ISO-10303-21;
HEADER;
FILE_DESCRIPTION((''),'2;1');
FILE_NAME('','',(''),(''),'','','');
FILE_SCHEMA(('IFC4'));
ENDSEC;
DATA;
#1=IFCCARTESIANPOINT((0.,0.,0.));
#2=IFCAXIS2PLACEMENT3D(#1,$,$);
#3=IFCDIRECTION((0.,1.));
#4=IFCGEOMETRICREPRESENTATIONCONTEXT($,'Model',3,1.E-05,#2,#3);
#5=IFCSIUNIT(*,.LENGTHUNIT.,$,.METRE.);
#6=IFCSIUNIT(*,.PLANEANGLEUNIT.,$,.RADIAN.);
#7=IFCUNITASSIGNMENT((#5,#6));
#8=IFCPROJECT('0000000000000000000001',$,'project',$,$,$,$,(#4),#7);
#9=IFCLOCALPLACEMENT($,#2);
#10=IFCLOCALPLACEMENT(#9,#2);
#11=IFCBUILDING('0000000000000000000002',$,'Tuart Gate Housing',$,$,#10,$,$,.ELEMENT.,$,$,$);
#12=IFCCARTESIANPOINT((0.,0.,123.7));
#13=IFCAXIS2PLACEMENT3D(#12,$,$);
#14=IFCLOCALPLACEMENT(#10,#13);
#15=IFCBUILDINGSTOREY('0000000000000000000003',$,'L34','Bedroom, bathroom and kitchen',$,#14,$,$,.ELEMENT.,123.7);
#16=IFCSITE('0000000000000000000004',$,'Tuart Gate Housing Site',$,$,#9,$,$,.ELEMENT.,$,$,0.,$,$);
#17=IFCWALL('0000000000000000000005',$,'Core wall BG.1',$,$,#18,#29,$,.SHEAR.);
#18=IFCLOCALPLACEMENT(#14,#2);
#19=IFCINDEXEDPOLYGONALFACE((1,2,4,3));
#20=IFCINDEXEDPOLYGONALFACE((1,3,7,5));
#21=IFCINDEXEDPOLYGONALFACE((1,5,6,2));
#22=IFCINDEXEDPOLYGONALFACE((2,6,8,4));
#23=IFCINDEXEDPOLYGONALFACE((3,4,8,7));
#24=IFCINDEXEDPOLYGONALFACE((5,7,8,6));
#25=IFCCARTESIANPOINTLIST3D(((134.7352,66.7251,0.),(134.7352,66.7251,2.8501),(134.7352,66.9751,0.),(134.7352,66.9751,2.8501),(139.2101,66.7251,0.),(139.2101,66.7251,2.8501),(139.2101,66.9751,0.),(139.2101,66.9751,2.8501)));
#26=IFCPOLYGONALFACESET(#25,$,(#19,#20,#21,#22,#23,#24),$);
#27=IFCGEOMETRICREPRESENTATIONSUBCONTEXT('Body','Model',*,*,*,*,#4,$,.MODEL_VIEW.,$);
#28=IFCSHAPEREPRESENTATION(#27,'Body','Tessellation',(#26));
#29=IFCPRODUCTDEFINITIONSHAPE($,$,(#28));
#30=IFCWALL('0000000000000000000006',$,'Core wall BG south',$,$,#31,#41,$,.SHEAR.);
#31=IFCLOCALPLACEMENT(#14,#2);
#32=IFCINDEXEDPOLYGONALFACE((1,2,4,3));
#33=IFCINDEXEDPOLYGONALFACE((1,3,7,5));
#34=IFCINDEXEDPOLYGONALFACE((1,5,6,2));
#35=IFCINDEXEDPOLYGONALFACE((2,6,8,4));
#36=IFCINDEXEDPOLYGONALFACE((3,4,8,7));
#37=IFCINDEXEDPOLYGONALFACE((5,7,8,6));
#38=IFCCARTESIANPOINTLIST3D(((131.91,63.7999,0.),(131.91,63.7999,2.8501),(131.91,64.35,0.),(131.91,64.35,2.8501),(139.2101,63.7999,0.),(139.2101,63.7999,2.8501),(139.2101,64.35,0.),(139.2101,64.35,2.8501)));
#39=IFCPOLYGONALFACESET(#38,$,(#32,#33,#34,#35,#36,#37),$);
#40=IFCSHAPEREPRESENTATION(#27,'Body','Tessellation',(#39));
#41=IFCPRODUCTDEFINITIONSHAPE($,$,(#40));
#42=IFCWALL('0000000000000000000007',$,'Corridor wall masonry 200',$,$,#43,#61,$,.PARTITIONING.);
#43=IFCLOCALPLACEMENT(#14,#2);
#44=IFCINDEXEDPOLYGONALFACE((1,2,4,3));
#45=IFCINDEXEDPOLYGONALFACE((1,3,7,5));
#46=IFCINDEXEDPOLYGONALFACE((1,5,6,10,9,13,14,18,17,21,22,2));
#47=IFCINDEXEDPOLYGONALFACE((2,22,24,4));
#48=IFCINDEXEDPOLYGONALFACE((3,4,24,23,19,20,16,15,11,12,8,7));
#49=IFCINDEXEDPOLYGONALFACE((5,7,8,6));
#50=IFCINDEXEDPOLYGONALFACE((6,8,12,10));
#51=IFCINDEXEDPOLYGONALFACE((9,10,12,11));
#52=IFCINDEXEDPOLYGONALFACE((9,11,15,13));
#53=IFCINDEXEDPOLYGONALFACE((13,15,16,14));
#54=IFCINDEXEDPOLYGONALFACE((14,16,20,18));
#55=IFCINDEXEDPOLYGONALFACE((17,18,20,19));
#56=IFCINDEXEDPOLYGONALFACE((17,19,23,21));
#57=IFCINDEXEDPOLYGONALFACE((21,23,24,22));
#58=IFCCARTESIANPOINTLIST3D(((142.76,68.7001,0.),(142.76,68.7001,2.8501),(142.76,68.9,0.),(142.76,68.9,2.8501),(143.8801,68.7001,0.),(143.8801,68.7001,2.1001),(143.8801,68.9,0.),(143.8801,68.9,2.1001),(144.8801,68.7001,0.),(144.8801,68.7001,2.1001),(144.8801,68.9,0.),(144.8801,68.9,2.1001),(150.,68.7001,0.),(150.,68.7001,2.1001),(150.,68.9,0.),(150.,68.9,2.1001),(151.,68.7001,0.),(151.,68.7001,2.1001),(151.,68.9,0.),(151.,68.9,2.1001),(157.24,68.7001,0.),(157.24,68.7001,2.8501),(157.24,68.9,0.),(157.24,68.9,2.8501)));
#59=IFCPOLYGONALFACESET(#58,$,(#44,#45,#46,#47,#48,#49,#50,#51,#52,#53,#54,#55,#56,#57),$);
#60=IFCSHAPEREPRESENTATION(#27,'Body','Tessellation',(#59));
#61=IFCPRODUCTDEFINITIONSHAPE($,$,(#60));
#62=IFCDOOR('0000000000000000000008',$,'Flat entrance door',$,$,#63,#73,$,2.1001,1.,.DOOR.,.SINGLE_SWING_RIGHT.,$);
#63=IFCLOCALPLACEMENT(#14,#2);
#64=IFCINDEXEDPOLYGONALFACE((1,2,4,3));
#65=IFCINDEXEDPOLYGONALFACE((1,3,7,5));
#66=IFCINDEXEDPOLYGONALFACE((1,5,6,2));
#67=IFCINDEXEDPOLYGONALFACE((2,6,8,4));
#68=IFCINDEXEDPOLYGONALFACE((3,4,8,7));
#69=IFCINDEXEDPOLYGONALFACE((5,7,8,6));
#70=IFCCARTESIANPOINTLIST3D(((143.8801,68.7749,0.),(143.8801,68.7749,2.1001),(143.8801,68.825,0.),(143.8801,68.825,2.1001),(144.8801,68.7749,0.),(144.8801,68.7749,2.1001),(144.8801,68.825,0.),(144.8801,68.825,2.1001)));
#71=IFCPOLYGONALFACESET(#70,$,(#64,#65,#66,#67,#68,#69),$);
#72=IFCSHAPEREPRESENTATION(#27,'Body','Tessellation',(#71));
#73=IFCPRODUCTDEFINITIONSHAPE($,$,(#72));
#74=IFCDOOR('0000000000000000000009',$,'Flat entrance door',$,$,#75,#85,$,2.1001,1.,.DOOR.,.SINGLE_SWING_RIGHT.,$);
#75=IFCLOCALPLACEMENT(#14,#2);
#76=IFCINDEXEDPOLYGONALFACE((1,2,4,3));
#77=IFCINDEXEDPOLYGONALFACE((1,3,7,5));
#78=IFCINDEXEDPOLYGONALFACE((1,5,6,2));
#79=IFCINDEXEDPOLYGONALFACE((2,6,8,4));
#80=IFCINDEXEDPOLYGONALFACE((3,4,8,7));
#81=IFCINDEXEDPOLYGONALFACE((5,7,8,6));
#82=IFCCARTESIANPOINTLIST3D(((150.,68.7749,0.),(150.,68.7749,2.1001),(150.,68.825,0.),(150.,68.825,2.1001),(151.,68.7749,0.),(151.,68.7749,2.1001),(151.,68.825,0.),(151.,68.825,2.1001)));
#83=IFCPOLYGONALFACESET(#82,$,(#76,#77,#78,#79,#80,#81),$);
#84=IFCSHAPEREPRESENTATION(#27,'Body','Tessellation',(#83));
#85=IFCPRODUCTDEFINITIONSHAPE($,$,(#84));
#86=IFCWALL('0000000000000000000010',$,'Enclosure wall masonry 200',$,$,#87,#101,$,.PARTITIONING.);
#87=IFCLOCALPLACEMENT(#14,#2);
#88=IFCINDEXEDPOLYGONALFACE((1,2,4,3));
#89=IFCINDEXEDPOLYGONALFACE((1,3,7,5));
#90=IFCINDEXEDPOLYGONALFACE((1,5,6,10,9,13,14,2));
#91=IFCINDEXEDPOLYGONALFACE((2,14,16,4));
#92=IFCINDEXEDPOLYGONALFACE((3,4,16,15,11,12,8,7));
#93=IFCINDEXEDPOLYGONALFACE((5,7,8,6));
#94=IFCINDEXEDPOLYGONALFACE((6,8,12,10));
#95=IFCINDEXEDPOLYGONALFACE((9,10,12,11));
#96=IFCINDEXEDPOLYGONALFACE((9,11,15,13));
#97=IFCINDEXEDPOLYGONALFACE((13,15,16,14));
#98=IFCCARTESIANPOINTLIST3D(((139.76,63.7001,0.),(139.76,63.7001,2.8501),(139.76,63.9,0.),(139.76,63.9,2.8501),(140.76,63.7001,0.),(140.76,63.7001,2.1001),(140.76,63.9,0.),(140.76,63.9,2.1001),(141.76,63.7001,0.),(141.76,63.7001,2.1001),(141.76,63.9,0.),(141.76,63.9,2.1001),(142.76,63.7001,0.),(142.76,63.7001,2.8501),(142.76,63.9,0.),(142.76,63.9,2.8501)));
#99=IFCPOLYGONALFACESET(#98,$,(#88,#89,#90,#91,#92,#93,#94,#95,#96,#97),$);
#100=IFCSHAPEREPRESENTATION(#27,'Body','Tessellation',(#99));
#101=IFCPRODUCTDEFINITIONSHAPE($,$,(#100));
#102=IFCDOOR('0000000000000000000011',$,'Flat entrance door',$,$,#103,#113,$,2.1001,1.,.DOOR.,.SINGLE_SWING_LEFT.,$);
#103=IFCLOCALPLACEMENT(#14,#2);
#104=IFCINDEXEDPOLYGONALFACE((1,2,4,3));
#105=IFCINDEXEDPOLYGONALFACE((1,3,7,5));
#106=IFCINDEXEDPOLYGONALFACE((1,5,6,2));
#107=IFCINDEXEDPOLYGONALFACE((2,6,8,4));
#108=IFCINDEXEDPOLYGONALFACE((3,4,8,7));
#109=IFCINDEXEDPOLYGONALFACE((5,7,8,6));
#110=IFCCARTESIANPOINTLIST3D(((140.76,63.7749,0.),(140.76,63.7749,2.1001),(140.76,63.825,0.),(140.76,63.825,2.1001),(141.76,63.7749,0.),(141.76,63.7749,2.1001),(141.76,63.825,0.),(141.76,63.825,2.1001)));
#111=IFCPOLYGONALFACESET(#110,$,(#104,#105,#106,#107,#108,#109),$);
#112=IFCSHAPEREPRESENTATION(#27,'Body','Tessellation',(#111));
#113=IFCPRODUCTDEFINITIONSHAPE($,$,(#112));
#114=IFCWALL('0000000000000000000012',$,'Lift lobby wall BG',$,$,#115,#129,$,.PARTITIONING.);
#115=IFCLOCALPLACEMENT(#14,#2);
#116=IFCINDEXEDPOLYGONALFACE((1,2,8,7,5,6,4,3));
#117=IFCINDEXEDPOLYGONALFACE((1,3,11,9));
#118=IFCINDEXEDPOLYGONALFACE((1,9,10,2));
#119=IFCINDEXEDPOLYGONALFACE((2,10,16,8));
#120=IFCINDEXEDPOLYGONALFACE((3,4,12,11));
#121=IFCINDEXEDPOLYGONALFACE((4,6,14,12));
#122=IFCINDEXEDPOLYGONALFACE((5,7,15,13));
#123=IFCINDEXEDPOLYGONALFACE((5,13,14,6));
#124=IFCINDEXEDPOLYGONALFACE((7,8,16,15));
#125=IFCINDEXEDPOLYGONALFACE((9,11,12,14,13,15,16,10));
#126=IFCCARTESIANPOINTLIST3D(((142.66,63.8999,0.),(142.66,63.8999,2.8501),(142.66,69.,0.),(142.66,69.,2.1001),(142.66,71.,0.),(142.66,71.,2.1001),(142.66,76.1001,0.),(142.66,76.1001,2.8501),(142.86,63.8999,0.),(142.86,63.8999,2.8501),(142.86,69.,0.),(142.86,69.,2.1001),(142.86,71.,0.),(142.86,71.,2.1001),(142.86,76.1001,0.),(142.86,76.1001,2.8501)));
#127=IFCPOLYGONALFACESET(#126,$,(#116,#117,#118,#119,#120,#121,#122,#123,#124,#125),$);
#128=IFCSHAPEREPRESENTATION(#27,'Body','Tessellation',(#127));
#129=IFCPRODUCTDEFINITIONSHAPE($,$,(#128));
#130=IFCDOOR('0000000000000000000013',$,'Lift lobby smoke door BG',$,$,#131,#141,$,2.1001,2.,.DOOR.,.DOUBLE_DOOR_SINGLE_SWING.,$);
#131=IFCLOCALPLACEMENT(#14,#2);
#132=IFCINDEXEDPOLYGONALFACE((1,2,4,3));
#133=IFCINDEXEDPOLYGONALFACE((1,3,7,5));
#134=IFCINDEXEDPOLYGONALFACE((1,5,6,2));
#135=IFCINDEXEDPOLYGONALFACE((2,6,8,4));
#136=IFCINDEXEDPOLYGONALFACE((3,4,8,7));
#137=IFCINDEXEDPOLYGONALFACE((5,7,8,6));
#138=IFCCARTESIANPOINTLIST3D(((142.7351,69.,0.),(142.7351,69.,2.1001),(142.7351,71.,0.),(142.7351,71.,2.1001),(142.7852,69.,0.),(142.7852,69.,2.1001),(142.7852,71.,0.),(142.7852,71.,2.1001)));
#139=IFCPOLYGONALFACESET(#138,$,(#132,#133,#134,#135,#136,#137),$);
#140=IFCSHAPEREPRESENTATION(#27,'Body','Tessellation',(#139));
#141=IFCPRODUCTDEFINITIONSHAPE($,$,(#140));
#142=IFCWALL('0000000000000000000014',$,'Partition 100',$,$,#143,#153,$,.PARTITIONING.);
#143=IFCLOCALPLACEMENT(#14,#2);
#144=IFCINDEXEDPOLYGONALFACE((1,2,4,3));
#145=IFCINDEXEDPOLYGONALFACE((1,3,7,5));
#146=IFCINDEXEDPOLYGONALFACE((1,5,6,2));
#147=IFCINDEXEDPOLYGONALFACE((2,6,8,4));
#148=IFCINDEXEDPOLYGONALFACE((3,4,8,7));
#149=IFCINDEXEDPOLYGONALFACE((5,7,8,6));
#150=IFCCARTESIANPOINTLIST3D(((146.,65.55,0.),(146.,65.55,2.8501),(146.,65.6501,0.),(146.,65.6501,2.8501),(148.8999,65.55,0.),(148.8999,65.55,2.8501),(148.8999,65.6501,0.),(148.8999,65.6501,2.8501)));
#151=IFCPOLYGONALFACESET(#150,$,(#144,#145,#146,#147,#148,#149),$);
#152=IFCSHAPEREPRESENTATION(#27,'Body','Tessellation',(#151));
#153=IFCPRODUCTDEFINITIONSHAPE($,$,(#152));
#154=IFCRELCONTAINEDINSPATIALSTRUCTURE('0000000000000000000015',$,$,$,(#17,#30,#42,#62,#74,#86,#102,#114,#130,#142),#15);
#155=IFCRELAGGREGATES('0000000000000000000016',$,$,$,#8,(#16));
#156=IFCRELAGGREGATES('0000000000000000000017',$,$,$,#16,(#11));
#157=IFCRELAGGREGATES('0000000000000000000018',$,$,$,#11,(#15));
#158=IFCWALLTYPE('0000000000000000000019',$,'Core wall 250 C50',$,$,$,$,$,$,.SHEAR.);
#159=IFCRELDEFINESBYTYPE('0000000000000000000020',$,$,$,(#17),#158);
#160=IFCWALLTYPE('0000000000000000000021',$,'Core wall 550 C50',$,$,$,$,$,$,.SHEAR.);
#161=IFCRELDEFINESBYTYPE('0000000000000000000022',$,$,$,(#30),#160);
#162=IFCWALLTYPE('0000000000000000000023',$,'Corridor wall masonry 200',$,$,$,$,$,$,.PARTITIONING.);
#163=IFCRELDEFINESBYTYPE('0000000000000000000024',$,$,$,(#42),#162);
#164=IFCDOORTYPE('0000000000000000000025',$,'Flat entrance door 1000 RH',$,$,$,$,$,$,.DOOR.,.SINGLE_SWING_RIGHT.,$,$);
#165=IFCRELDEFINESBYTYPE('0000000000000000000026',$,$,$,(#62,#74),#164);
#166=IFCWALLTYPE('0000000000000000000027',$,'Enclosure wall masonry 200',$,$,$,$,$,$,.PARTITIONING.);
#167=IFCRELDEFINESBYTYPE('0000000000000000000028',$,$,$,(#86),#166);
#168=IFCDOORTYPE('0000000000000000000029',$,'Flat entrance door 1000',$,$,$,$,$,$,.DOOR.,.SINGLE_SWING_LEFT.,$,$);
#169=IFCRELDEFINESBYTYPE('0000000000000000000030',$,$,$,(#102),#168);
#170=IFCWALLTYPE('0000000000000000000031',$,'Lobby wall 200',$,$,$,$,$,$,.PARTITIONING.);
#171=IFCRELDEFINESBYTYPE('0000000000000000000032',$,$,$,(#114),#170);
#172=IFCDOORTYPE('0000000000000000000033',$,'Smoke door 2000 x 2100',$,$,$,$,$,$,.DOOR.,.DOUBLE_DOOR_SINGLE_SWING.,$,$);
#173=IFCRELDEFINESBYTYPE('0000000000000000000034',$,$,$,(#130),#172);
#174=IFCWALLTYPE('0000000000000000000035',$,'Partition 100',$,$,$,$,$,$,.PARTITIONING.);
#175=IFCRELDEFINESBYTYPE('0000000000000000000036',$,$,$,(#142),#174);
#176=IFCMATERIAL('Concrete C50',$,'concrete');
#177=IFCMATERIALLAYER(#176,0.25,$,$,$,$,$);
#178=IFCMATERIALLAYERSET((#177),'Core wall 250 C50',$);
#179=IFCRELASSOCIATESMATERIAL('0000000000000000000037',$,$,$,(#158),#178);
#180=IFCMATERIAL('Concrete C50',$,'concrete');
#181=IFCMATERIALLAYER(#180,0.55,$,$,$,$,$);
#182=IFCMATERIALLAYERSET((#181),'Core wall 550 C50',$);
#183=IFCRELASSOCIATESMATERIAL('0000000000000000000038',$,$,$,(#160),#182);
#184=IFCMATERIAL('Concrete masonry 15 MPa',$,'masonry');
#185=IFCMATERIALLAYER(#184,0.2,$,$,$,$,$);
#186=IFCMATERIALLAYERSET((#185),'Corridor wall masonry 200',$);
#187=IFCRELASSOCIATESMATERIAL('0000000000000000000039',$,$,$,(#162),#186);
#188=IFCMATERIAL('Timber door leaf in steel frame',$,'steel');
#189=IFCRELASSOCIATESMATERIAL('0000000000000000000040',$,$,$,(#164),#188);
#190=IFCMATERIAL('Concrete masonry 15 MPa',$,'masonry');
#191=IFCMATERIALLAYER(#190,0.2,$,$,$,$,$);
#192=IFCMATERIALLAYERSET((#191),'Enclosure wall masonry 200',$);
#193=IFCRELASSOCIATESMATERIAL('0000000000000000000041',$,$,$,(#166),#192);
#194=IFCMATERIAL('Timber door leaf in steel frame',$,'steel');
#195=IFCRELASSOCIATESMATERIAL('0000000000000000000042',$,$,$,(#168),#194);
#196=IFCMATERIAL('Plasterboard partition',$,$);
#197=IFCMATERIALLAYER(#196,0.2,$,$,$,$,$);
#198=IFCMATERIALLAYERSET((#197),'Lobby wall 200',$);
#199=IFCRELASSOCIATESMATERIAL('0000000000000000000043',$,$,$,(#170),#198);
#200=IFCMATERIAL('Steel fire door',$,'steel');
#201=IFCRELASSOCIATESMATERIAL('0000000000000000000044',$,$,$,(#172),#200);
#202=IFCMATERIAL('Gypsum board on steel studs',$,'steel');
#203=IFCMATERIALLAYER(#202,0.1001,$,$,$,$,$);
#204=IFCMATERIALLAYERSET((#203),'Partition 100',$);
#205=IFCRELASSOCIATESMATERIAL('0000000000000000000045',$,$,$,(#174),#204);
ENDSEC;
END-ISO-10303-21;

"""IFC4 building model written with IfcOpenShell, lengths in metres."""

from ifc_helpers import new_model, si_unit, direction, frame, frame_2d, origin, place, context, subcontext, project, spatial, rectangle, extrude, material, layer, layer_set, type_object, element, fill, save


model = new_model("IFC4")

# Units and contexts
model_context = context("Model", 3, precision=1e-05, world=origin(), true_north=direction((0.0, 1.0)))
body_context = subcontext(model_context, "Body", "Model", "MODEL_VIEW")
ifc_project = project(units=[si_unit("LENGTHUNIT", "METRE"), si_unit("PLANEANGLEUNIT", "RADIAN")], contexts=[model_context])

# Site, building, storey
site_placement = place(None, origin())
site = spatial("IfcSite", under=ifc_project, at=site_placement, Name="Tuart Gate Housing Site", CompositionType="ELEMENT", RefElevation=0.0)
building_placement = place(site_placement, origin())
building = spatial("IfcBuilding", under=site, at=building_placement, Name="Tuart Gate Housing", CompositionType="ELEMENT")
storey_placement = place(building_placement, frame((0.0, 0.0, 123.7)))
storey = spatial("IfcBuildingStorey", under=building, at=storey_placement, Name="L34", Description="Bedroom, bathroom and kitchen", CompositionType="ELEMENT", Elevation=123.7)

# Walls
ifc_material_1 = material(Name="Concrete C50", Category="concrete")
ifc_layer_1 = layer(ifc_material_1, 0.25)
ifc_layer_set_1 = layer_set([ifc_layer_1], Name="Core wall 250 C50")
wall_type_1 = type_object("IfcWallType", Name="Core wall 250 C50", PredefinedType="SHEAR", material=ifc_layer_set_1)
wall_1_placement = place(storey_placement, frame((139.21, 66.8501, 0.0), z_axis=(0.0, 0.0, 1.0), x_axis=(-1.0, 0.0, 0.0)))
element("IfcWall", 1, at=wall_1_placement, inside=storey, type_object=wall_type_1, Name="Core wall BG.1", PredefinedType="SHEAR", context=body_context, shape_type="SweptSolid", body=[
    extrude(rectangle(XDim=4.4749, YDim=0.25, at=frame_2d((2.2373, 0.0))), origin(), (0.0, 0.0, 1.0), 2.8501),
])
ifc_material_2 = material(Name="Concrete C50", Category="concrete")
ifc_layer_2 = layer(ifc_material_2, 0.55)
ifc_layer_set_2 = layer_set([ifc_layer_2], Name="Core wall 550 C50")
wall_type_2 = type_object("IfcWallType", Name="Core wall 550 C50", PredefinedType="SHEAR", material=ifc_layer_set_2)
wall_2_placement = place(storey_placement, frame((139.21, 64.075, 0.0), z_axis=(0.0, 0.0, 1.0), x_axis=(-1.0, 0.0, 0.0)))
element("IfcWall", 2, at=wall_2_placement, inside=storey, type_object=wall_type_2, Name="Core wall BG south", PredefinedType="SHEAR", context=body_context, shape_type="SweptSolid", body=[
    extrude(rectangle(XDim=7.3, YDim=0.55, at=frame_2d((3.6499, 0.0))), origin(), (0.0, 0.0, 1.0), 2.8501),
])

# Wall, openings, doors
ifc_material_3 = material(Name="Concrete masonry 15 MPa", Category="masonry")
ifc_layer_3 = layer(ifc_material_3, 0.2)
ifc_layer_set_3 = layer_set([ifc_layer_3], Name="Corridor wall masonry 200")
wall_type_3 = type_object("IfcWallType", Name="Corridor wall masonry 200", PredefinedType="PARTITIONING", material=ifc_layer_set_3)
wall_3_placement = place(storey_placement, frame((142.76, 68.8, 0.0), z_axis=(0.0, 0.0, 1.0), x_axis=(1.0, 0.0, 0.0)))
wall_3 = element("IfcWall", 3, at=wall_3_placement, inside=storey, type_object=wall_type_3, Name="Corridor wall masonry 200", PredefinedType="PARTITIONING", context=body_context, shape_type="SweptSolid", body=[
    extrude(rectangle(XDim=14.48, YDim=0.2, at=frame_2d((7.24, 0.0))), origin(), (0.0, 0.0, 1.0), 2.8501),
])
opening_1_placement = place(wall_3_placement, frame((1.1201, 0.0, 0.0)))
opening_1 = element("IfcOpeningElement", 4, at=opening_1_placement, cuts=wall_3, PredefinedType="OPENING", context=body_context, shape_type="SweptSolid", body=[
    extrude(rectangle(XDim=1.0, YDim=2.1001, at=frame_2d((0.5, 1.05))), frame((0.0, 0.1099, 0.0), z_axis=(0.0, -1.0, 0.0), x_axis=(1.0, 0.0, 0.0)), (0.0, 0.0, 1.0), 0.22),
])
opening_2_placement = place(wall_3_placement, frame((7.24, 0.0, 0.0)))
opening_2 = element("IfcOpeningElement", 5, at=opening_2_placement, cuts=wall_3, PredefinedType="OPENING", context=body_context, shape_type="SweptSolid", body=[
    extrude(rectangle(XDim=1.0, YDim=2.1001, at=frame_2d((0.5, 1.05))), frame((0.0, 0.1099, 0.0), z_axis=(0.0, -1.0, 0.0), x_axis=(1.0, 0.0, 0.0)), (0.0, 0.0, 1.0), 0.22),
])
ifc_material_4 = material(Name="Timber door leaf in steel frame", Category="steel")
door_type_1 = type_object("IfcDoorType", Name="Flat entrance door 1000 RH", OperationType="SINGLE_SWING_RIGHT", PredefinedType="DOOR", material=ifc_material_4)
door_1_placement = place(opening_1_placement, frame((1.0, 0.0, 0.0), z_axis=(0.0, 0.0, 1.0), x_axis=(-1.0, 0.0, 0.0)))
door_1 = element("IfcDoor", 6, at=door_1_placement, inside=storey, type_object=door_type_1, Name="Flat entrance door", OperationType="SINGLE_SWING_RIGHT", OverallHeight=2.1001, OverallWidth=1.0, PredefinedType="DOOR", context=body_context, shape_type="SweptSolid", body=[
    extrude(rectangle(XDim=1.0, YDim=2.1001, at=frame_2d((0.5, 1.05))), frame((0.0, 0.0251, 0.0), z_axis=(0.0, -1.0, 0.0), x_axis=(1.0, 0.0, 0.0)), (0.0, 0.0, 1.0), 0.05),
])
fill(opening_1, door_1)
door_2_placement = place(opening_2_placement, frame((1.0, 0.0, 0.0), z_axis=(0.0, 0.0, 1.0), x_axis=(-1.0, 0.0, 0.0)))
door_2 = element("IfcDoor", 7, at=door_2_placement, inside=storey, type_object=door_type_1, Name="Flat entrance door", OperationType="SINGLE_SWING_RIGHT", OverallHeight=2.1001, OverallWidth=1.0, PredefinedType="DOOR", context=body_context, shape_type="SweptSolid", body=[
    extrude(rectangle(XDim=1.0, YDim=2.1001, at=frame_2d((0.5, 1.05))), frame((0.0, 0.0251, 0.0), z_axis=(0.0, -1.0, 0.0), x_axis=(1.0, 0.0, 0.0)), (0.0, 0.0, 1.0), 0.05),
])
fill(opening_2, door_2)

# Walls, openings, doors
ifc_material_5 = material(Name="Concrete masonry 15 MPa", Category="masonry")
ifc_layer_4 = layer(ifc_material_5, 0.2)
ifc_layer_set_4 = layer_set([ifc_layer_4], Name="Enclosure wall masonry 200")
wall_type_4 = type_object("IfcWallType", Name="Enclosure wall masonry 200", PredefinedType="PARTITIONING", material=ifc_layer_set_4)
wall_4_placement = place(storey_placement, frame((139.76, 63.8, 0.0), z_axis=(0.0, 0.0, 1.0), x_axis=(1.0, 0.0, 0.0)))
wall_4 = element("IfcWall", 8, at=wall_4_placement, inside=storey, type_object=wall_type_4, Name="Enclosure wall masonry 200", PredefinedType="PARTITIONING", context=body_context, shape_type="SweptSolid", body=[
    extrude(rectangle(XDim=3.0, YDim=0.2, at=frame_2d((1.5, 0.0))), origin(), (0.0, 0.0, 1.0), 2.8501),
])
opening_3_placement = place(wall_4_placement, frame((1.0, 0.0, 0.0)))
opening_3 = element("IfcOpeningElement", 9, at=opening_3_placement, cuts=wall_4, PredefinedType="OPENING", context=body_context, shape_type="SweptSolid", body=[
    extrude(rectangle(XDim=1.0, YDim=2.1001, at=frame_2d((0.5, 1.05))), frame((0.0, 0.1099, 0.0), z_axis=(0.0, -1.0, 0.0), x_axis=(1.0, 0.0, 0.0)), (0.0, 0.0, 1.0), 0.22),
])
ifc_material_6 = material(Name="Timber door leaf in steel frame", Category="steel")
door_type_2 = type_object("IfcDoorType", Name="Flat entrance door 1000", OperationType="SINGLE_SWING_LEFT", PredefinedType="DOOR", material=ifc_material_6)
door_3_placement = place(opening_3_placement, frame((1.0, 0.0, 0.0), z_axis=(0.0, 0.0, 1.0), x_axis=(-1.0, 0.0, 0.0)))
door_3 = element("IfcDoor", 10, at=door_3_placement, inside=storey, type_object=door_type_2, Name="Flat entrance door", OperationType="SINGLE_SWING_LEFT", OverallHeight=2.1001, OverallWidth=1.0, PredefinedType="DOOR", context=body_context, shape_type="SweptSolid", body=[
    extrude(rectangle(XDim=1.0, YDim=2.1001, at=frame_2d((0.5, 1.05))), frame((0.0, 0.0251, 0.0), z_axis=(0.0, -1.0, 0.0), x_axis=(1.0, 0.0, 0.0)), (0.0, 0.0, 1.0), 0.05),
])
fill(opening_3, door_3)
ifc_material_7 = material(Name="Plasterboard partition")
ifc_layer_5 = layer(ifc_material_7, 0.2)
ifc_layer_set_5 = layer_set([ifc_layer_5], Name="Lobby wall 200")
wall_type_5 = type_object("IfcWallType", Name="Lobby wall 200", PredefinedType="PARTITIONING", material=ifc_layer_set_5)
wall_5_placement = place(storey_placement, frame((142.76, 63.8999, 0.0), z_axis=(0.0, 0.0, 1.0), x_axis=(0.0, 1.0, 0.0)))
wall_5 = element("IfcWall", 11, at=wall_5_placement, inside=storey, type_object=wall_type_5, Name="Lift lobby wall BG", PredefinedType="PARTITIONING", context=body_context, shape_type="SweptSolid", body=[
    extrude(rectangle(XDim=12.2002, YDim=0.2, at=frame_2d((6.1001, 0.0))), origin(), (0.0, 0.0, 1.0), 2.8501),
])
opening_4_placement = place(wall_5_placement, frame((5.1001, 0.0, 0.0)))
opening_4 = element("IfcOpeningElement", 12, at=opening_4_placement, cuts=wall_5, PredefinedType="OPENING", context=body_context, shape_type="SweptSolid", body=[
    extrude(rectangle(XDim=2.0, YDim=2.1001, at=frame_2d((1.0, 1.05))), frame((0.0, 0.1099, 0.0), z_axis=(0.0, -1.0, 0.0), x_axis=(1.0, 0.0, 0.0)), (0.0, 0.0, 1.0), 0.22),
])
ifc_material_8 = material(Name="Steel fire door", Category="steel")
door_type_3 = type_object("IfcDoorType", Name="Smoke door 2000 x 2100", OperationType="DOUBLE_DOOR_SINGLE_SWING", PredefinedType="DOOR", material=ifc_material_8)
door_4_placement = place(opening_4_placement, origin())
door_4 = element("IfcDoor", 13, at=door_4_placement, inside=storey, type_object=door_type_3, Name="Lift lobby smoke door BG", OperationType="DOUBLE_DOOR_SINGLE_SWING", OverallHeight=2.1001, OverallWidth=2.0, PredefinedType="DOOR", context=body_context, shape_type="SweptSolid", body=[
    extrude(rectangle(XDim=2.0, YDim=2.1001, at=frame_2d((1.0, 1.05))), frame((0.0, 0.0249, 0.0), z_axis=(0.0, -1.0, 0.0), x_axis=(1.0, 0.0, 0.0)), (0.0, 0.0, 1.0), 0.05),
])
fill(opening_4, door_4)

# Wall
ifc_material_9 = material(Name="Gypsum board on steel studs", Category="steel")
ifc_layer_6 = layer(ifc_material_9, 0.1001)
ifc_layer_set_6 = layer_set([ifc_layer_6], Name="Partition 100")
wall_type_6 = type_object("IfcWallType", Name="Partition 100", PredefinedType="PARTITIONING", material=ifc_layer_set_6)
wall_6_placement = place(storey_placement, frame((146.0, 65.6001, 0.0), z_axis=(0.0, 0.0, 1.0), x_axis=(1.0, 0.0, 0.0)))
element("IfcWall", 14, at=wall_6_placement, inside=storey, type_object=wall_type_6, Name="Partition 100", PredefinedType="PARTITIONING", context=body_context, shape_type="SweptSolid", body=[
    extrude(rectangle(XDim=2.8999, YDim=0.1001, at=frame_2d((1.45, 0.0))), origin(), (0.0, 0.0, 1.0), 2.8501),
])

save(model, "model.ifc")
